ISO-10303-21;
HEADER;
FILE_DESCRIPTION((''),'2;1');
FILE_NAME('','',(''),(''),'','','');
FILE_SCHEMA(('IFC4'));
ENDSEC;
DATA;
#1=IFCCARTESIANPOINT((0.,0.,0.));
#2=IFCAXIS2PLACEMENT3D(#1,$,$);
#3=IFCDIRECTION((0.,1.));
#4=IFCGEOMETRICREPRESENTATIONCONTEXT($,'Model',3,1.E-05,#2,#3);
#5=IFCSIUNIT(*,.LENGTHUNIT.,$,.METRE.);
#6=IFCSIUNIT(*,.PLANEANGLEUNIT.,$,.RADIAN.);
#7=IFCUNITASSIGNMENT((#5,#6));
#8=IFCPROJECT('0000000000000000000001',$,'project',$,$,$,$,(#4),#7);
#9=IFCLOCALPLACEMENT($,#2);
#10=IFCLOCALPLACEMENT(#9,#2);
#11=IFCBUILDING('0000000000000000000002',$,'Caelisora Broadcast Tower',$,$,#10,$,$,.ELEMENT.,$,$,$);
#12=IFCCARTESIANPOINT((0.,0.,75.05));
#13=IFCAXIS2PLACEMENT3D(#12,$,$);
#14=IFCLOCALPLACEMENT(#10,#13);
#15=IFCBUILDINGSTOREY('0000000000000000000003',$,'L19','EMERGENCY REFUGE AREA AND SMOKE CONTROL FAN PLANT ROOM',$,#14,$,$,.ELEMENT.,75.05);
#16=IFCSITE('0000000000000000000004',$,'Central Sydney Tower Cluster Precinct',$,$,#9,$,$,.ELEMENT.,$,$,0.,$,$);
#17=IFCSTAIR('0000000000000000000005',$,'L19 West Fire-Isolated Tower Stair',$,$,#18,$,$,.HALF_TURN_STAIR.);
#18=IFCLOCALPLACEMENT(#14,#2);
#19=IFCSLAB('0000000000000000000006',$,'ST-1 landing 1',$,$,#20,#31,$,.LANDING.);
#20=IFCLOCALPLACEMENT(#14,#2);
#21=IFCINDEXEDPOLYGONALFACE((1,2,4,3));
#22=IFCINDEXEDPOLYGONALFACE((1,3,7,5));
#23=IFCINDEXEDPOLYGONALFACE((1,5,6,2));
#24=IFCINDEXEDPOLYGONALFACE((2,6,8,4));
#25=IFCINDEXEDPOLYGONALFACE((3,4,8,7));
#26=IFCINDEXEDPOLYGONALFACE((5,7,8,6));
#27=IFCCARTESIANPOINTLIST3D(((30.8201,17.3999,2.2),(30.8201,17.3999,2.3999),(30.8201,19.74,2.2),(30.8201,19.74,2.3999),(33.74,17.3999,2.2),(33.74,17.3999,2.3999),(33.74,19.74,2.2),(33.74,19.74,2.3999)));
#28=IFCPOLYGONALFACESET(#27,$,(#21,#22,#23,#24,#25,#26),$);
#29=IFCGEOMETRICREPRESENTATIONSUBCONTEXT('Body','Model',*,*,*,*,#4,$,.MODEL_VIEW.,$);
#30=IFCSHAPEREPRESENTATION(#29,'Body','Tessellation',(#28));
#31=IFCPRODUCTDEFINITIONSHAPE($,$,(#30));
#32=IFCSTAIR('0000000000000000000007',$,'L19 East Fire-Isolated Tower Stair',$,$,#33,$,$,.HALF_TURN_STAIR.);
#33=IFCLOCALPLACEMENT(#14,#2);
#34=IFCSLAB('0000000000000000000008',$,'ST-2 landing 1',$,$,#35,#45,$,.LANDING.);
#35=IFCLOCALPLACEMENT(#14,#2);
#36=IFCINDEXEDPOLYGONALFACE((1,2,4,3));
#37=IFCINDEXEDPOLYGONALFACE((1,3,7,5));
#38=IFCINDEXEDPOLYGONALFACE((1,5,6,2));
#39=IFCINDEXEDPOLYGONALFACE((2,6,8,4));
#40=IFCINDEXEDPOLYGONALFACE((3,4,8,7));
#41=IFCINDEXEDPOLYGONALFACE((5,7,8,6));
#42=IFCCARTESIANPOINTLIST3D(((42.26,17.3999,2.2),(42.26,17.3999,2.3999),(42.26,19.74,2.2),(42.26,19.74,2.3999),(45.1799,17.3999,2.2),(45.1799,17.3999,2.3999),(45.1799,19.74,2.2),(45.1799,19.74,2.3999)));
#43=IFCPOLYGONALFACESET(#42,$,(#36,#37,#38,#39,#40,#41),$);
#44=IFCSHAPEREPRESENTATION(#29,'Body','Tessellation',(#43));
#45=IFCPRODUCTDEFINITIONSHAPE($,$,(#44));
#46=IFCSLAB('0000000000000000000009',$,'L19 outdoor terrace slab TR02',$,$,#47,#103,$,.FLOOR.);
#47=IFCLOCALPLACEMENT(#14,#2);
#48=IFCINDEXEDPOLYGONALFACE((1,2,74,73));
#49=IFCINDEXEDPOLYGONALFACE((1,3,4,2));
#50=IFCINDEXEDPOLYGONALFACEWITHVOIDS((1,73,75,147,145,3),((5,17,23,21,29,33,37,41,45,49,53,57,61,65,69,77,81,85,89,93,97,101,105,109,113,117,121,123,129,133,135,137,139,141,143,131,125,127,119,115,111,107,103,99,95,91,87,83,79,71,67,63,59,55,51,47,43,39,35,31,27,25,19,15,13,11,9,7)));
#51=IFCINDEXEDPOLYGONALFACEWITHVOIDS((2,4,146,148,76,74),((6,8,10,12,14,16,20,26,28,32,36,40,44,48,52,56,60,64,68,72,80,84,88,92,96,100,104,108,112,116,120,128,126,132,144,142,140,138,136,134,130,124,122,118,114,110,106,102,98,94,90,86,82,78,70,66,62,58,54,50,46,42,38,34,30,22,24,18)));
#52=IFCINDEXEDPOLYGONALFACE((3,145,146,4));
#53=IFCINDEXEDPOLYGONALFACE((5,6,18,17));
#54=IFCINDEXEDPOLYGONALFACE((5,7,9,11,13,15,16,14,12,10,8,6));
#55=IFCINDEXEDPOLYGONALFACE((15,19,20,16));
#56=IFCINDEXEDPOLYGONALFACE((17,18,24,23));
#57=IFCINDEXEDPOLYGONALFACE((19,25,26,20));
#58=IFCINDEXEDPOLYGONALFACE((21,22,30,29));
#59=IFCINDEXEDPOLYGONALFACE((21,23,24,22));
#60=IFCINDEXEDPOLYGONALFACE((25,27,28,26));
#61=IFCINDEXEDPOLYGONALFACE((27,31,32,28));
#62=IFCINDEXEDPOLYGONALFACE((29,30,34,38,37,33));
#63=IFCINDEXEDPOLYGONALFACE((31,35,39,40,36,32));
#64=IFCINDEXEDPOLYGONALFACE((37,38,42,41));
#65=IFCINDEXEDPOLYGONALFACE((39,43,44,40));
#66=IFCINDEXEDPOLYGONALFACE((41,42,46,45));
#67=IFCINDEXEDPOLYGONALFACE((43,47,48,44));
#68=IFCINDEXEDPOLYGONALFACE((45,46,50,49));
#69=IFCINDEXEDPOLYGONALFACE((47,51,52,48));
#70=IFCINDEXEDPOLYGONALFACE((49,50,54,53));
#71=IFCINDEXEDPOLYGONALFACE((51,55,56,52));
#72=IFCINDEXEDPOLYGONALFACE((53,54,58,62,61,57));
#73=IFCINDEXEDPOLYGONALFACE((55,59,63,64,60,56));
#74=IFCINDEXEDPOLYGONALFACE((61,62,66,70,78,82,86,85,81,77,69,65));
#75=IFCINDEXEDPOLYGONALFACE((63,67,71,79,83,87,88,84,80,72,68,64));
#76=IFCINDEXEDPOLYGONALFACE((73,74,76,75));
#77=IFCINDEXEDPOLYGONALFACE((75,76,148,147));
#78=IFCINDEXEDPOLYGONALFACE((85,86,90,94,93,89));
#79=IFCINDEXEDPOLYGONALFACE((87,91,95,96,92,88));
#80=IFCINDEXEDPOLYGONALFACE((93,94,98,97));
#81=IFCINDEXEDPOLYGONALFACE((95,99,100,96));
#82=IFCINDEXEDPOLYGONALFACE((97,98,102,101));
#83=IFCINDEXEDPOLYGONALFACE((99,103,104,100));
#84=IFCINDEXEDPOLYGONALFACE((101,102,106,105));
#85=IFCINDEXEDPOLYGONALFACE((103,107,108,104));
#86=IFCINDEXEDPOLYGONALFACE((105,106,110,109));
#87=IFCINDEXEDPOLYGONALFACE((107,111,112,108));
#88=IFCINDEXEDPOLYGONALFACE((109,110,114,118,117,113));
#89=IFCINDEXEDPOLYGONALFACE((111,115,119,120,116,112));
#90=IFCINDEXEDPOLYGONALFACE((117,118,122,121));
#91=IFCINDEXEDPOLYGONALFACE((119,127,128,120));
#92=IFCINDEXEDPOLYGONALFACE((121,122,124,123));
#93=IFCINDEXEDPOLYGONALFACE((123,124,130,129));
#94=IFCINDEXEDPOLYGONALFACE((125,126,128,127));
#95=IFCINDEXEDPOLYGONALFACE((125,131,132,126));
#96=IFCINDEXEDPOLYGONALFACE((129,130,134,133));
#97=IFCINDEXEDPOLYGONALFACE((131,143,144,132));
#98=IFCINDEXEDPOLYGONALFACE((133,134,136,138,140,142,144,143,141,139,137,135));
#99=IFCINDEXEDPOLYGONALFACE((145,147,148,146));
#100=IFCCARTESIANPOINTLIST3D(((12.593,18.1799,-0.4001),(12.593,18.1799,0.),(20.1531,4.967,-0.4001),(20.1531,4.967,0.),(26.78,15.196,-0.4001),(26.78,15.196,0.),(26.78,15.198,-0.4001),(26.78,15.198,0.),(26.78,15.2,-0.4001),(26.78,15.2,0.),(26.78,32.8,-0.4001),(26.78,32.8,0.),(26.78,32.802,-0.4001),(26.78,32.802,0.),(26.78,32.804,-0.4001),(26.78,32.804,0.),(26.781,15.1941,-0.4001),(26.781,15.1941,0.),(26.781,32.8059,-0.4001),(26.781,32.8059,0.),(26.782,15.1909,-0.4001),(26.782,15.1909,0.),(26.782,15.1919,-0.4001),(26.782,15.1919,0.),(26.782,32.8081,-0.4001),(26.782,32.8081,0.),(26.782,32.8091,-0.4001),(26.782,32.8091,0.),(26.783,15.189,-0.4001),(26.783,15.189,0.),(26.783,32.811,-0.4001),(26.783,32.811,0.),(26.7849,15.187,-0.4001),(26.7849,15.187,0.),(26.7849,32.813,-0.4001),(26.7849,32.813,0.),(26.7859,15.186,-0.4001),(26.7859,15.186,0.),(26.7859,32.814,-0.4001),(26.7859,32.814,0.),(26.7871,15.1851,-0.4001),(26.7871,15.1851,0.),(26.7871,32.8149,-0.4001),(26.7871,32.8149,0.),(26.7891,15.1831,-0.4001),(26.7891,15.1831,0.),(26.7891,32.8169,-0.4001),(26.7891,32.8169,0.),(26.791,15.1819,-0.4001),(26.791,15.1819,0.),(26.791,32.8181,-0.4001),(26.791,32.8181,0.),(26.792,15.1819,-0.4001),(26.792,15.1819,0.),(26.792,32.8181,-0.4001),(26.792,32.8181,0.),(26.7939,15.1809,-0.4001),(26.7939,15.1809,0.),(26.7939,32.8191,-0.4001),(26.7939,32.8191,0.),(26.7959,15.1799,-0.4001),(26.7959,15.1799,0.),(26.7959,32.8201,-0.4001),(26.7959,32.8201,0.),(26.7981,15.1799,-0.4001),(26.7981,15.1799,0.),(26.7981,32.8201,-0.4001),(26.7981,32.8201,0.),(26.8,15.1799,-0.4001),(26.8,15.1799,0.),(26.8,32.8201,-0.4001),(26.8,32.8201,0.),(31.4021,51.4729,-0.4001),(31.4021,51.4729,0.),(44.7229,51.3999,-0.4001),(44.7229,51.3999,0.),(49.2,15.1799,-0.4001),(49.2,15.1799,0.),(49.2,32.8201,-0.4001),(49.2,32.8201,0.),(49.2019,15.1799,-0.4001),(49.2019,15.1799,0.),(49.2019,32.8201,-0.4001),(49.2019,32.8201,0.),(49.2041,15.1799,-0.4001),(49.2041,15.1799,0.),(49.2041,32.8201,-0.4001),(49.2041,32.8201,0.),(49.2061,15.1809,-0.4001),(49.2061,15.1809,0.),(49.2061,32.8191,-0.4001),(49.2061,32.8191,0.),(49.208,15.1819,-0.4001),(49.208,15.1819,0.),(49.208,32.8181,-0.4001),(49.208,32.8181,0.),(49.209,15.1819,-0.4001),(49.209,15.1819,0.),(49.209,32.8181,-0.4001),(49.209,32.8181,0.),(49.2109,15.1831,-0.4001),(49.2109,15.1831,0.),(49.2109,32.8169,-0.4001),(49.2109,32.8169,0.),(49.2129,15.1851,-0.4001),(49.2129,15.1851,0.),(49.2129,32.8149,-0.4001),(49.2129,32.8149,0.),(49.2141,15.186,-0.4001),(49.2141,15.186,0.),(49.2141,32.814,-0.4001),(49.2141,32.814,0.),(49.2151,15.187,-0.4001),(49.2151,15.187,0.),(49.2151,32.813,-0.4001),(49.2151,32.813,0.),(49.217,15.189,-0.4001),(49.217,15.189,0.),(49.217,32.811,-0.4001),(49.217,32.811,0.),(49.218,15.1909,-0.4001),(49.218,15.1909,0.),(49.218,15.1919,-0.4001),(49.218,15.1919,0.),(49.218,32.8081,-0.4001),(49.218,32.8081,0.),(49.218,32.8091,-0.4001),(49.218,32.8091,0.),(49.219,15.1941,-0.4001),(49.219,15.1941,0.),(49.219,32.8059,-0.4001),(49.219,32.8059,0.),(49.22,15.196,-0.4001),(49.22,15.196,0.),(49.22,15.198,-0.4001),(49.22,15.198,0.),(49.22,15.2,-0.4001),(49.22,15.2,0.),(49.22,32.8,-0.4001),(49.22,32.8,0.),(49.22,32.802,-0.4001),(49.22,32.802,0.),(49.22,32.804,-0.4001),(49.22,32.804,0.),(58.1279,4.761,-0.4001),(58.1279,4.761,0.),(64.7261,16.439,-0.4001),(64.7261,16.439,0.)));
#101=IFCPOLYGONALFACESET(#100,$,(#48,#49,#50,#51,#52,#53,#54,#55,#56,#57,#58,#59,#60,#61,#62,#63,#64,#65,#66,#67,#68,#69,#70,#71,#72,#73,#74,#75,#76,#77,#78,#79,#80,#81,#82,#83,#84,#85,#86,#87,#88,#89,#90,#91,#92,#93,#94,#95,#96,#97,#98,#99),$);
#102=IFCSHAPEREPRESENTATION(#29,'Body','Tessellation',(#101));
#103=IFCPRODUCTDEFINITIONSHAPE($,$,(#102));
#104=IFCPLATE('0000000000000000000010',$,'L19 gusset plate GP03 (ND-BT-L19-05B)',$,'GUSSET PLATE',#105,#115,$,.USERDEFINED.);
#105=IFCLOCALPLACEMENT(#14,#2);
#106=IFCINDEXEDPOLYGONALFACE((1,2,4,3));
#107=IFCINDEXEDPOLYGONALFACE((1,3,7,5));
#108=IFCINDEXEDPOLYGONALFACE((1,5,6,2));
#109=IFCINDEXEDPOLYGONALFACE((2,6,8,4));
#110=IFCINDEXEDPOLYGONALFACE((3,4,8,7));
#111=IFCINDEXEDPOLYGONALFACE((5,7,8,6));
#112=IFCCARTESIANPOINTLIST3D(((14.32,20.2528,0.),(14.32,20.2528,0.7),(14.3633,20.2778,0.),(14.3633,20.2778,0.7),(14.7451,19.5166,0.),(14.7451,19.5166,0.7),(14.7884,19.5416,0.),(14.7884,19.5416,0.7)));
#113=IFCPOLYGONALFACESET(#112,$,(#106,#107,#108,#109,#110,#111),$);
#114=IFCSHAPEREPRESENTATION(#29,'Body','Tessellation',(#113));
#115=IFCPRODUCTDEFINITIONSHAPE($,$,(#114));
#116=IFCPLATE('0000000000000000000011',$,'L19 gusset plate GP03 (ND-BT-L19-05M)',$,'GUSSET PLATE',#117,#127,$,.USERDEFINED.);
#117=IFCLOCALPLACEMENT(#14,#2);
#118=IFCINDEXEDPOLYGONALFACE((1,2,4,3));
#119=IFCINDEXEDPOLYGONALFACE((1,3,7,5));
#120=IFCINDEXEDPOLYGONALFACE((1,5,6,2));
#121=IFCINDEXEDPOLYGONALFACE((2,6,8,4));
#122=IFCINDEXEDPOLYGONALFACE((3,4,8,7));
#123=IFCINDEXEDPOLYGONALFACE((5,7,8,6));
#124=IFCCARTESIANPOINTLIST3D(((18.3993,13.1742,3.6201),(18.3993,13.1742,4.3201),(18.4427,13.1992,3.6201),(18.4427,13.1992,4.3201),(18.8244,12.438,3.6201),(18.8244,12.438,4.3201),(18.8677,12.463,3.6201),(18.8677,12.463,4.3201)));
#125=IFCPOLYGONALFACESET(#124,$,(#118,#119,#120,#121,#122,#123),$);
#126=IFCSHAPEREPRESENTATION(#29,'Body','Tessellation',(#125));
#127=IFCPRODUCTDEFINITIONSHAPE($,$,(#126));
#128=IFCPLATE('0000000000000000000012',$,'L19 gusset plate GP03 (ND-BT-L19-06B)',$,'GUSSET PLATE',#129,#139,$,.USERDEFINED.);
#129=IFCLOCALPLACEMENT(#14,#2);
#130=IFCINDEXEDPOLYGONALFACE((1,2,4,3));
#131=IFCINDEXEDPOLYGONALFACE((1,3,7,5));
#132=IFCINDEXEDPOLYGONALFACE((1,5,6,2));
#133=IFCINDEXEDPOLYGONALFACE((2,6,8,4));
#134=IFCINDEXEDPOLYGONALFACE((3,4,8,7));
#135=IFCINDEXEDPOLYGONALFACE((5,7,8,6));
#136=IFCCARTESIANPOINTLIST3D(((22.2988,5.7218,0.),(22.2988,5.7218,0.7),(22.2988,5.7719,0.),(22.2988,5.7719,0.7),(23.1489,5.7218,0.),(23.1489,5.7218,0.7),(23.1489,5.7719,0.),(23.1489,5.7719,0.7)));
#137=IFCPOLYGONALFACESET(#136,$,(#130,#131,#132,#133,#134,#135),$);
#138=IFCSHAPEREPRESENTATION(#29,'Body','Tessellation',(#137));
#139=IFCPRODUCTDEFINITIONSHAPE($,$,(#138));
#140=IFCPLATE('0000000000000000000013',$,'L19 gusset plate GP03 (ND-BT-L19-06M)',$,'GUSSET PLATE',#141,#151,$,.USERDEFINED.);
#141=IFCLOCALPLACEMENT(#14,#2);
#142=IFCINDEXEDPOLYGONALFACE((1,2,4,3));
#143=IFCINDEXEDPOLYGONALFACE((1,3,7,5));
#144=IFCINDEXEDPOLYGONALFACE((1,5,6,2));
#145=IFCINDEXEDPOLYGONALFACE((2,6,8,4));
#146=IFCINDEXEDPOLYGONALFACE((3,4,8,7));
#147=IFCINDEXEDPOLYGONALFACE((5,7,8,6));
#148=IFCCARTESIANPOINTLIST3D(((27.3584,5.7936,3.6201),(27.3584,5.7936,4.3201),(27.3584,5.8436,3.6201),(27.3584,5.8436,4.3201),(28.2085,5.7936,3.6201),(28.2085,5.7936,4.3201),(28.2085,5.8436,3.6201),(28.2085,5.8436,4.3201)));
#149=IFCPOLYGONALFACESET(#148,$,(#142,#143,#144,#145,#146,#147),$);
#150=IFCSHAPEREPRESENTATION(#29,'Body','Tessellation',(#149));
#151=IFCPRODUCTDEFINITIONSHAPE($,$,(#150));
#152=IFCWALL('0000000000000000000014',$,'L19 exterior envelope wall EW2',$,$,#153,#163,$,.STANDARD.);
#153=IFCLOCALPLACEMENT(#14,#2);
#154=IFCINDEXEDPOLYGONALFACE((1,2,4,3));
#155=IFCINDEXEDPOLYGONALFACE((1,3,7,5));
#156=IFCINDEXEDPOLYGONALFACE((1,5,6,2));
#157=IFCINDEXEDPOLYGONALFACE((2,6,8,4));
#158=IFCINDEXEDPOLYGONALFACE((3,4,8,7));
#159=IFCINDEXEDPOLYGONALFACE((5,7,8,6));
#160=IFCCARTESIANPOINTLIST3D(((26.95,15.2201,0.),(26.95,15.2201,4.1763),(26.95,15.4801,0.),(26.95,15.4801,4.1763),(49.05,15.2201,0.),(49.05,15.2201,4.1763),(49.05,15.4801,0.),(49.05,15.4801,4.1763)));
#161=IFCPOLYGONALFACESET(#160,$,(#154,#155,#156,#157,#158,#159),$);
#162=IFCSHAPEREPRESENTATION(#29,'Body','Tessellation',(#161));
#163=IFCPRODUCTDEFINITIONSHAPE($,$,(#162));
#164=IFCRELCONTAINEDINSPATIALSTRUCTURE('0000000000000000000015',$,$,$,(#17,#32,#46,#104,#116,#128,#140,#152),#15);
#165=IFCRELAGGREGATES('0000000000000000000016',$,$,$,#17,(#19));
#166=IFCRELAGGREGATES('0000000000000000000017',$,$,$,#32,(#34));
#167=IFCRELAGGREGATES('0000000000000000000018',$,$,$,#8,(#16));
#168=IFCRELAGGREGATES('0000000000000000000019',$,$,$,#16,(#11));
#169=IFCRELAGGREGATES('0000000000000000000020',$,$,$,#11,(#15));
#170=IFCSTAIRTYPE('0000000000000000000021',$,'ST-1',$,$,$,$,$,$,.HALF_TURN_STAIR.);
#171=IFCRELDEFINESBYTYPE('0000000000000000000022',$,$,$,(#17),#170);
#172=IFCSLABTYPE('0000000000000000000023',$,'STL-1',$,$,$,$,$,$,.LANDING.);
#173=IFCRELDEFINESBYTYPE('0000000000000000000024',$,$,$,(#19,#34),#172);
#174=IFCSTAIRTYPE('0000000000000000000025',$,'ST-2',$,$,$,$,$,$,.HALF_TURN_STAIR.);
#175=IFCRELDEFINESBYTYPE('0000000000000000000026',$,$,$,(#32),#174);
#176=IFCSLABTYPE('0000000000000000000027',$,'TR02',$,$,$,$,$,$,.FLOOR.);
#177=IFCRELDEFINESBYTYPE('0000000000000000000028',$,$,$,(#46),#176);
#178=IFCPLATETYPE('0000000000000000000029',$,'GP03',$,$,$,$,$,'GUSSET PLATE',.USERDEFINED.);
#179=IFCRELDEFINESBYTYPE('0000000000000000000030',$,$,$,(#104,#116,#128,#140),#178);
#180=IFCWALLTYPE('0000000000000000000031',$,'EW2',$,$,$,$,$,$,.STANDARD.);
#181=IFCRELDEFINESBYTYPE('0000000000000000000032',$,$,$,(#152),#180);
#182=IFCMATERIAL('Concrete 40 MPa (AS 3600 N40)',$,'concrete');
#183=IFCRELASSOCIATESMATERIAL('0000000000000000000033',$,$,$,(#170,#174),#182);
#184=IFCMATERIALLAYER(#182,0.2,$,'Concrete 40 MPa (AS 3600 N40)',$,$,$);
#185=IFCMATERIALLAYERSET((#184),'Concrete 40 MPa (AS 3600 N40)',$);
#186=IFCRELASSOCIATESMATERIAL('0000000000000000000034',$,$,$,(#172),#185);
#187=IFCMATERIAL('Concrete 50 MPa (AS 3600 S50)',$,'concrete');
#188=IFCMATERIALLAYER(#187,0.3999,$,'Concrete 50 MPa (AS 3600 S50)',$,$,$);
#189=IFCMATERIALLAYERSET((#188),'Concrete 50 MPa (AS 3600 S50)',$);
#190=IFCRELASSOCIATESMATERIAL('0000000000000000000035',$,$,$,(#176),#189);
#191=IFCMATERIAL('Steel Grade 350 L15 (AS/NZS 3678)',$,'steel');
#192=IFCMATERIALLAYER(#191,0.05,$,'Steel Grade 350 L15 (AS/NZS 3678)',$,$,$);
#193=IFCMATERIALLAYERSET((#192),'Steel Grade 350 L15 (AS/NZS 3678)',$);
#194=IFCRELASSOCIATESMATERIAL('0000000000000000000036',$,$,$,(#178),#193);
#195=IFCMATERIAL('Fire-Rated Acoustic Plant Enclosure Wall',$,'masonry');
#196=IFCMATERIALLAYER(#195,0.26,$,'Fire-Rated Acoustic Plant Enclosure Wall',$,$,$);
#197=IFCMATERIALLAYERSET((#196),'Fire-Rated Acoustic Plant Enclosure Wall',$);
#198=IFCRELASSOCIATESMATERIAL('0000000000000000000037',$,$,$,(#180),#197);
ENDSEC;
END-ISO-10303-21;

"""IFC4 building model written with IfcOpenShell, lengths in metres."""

from ifc_helpers import new_model, si_unit, direction, frame, frame_2d, origin, origin_2d, place, context, subcontext, project, spatial, polyline, rectangle, outline, extrude, source, transform, mapped, material, layer, layer_set, type_object, type_shapes, element, aggregate, save


model = new_model("IFC4")

# Units and contexts
model_context = context("Model", 3, precision=1e-05, world=origin(), true_north=direction((0.0, 1.0)))
body_context = subcontext(model_context, "Body", "Model", "MODEL_VIEW")
ifc_project = project(units=[si_unit("LENGTHUNIT", "METRE"), si_unit("PLANEANGLEUNIT", "RADIAN")], contexts=[model_context])

# Site, building, storey
site_placement = place(None, origin())
site = spatial("IfcSite", under=ifc_project, at=site_placement, Name="Central Sydney Tower Cluster Precinct", CompositionType="ELEMENT", RefElevation=0.0)
building_placement = place(site_placement, origin())
building = spatial("IfcBuilding", under=site, at=building_placement, Name="Caelisora Broadcast Tower", CompositionType="ELEMENT")
storey_placement = place(building_placement, frame((0.0, 0.0, 75.05)))
storey = spatial("IfcBuildingStorey", under=building, at=storey_placement, Name="L19", Description="EMERGENCY REFUGE AREA AND SMOKE CONTROL FAN PLANT ROOM", CompositionType="ELEMENT", Elevation=75.05)

# Shared definitions
ifc_material_1 = material(Name="Steel Grade 350 L15 (AS/NZS 3678)", Category="steel")

# Shared definitions
ifc_material_2 = material(Name="Concrete 50 MPa (AS 3600 S50)", Category="concrete")

# Stairs, slabs
ifc_material_3 = material(Name="Concrete 40 MPa (AS 3600 N40)", Category="concrete")
stair_type_1 = type_object("IfcStairType", Name="ST-1", PredefinedType="HALF_TURN_STAIR", material=ifc_material_3)
stair_1_placement = place(storey_placement, origin())
stair_1 = element("IfcStair", 1, at=stair_1_placement, inside=storey, type_object=stair_type_1, Name="L19 West Fire-Isolated Tower Stair", PredefinedType="HALF_TURN_STAIR")
ifc_layer_1 = layer(ifc_material_3, 0.2, Name="Concrete 40 MPa (AS 3600 N40)")
ifc_layer_set_1 = layer_set([ifc_layer_1], Name="Concrete 40 MPa (AS 3600 N40)")
slab_type_1 = type_object("IfcSlabType", Name="STL-1", PredefinedType="LANDING", material=ifc_layer_set_1)
slab_1_placement = place(storey_placement, frame((0.0, 0.0, 2.2)))
slab_1 = element("IfcSlab", 2, at=slab_1_placement, type_object=slab_type_1, Name="ST-1 landing 1", PredefinedType="LANDING", context=body_context, shape_type="SweptSolid", body=[
    extrude(outline(polyline([(30.8201, 19.74), (30.8201, 17.3999), (33.74, 17.3999), (33.74, 19.74), (30.8201, 19.74)])), origin(), (0.0, 0.0, 1.0), 0.2),
])
aggregate(stair_1, [slab_1])
stair_type_2 = type_object("IfcStairType", Name="ST-2", PredefinedType="HALF_TURN_STAIR", material=ifc_material_3)
stair_2_placement = place(storey_placement, origin())
stair_2 = element("IfcStair", 3, at=stair_2_placement, inside=storey, type_object=stair_type_2, Name="L19 East Fire-Isolated Tower Stair", PredefinedType="HALF_TURN_STAIR")
slab_2_placement = place(storey_placement, frame((0.0, 0.0, 2.2)))
slab_2 = element("IfcSlab", 4, at=slab_2_placement, type_object=slab_type_1, Name="ST-2 landing 1", PredefinedType="LANDING", context=body_context, shape_type="SweptSolid", body=[
    extrude(outline(polyline([(42.26, 19.74), (42.26, 17.3999), (45.1799, 17.3999), (45.1799, 19.74), (42.26, 19.74)])), origin(), (0.0, 0.0, 1.0), 0.2),
])
aggregate(stair_2, [slab_2])

# Slab
ifc_layer_2 = layer(ifc_material_2, 0.3999, Name="Concrete 50 MPa (AS 3600 S50)")
ifc_layer_set_2 = layer_set([ifc_layer_2], Name="Concrete 50 MPa (AS 3600 S50)")
slab_type_2 = type_object("IfcSlabType", Name="TR02", PredefinedType="FLOOR", material=ifc_layer_set_2)
slab_3_placement = place(storey_placement, frame((0.0, 0.0, -0.4001)))
element("IfcSlab", 5, at=slab_3_placement, inside=storey, type_object=slab_type_2, Name="L19 outdoor terrace slab TR02", PredefinedType="FLOOR", context=body_context, shape_type="SweptSolid", body=[
    extrude(outline(polyline([(64.7261, 16.439), (58.1279, 4.761), (20.1531, 4.967), (12.593, 18.1799), (31.4021, 51.4729), (44.7229, 51.3999), (64.7261, 16.439)]), holes=[polyline([(49.2, 15.1799), (49.2019, 15.1799), (49.2041, 15.1799), (49.2061, 15.1809), (49.208, 15.1819), (49.209, 15.1819), (49.2109, 15.1831), (49.2129, 15.1851), (49.2141, 15.186), (49.2151, 15.187), (49.217, 15.189), (49.218, 15.1909), (49.218, 15.1919), (49.219, 15.1941), (49.22, 15.196), (49.22, 15.198), (49.22, 15.2), (49.22, 32.8), (49.22, 32.802), (49.22, 32.804), (49.219, 32.8059), (49.218, 32.8081), (49.218, 32.8091), (49.217, 32.811), (49.2151, 32.813), (49.2141, 32.814), (49.2129, 32.8149), (49.2109, 32.8169), (49.209, 32.8181), (49.208, 32.8181), (49.2061, 32.8191), (49.2041, 32.8201), (49.2019, 32.8201), (49.2, 32.8201), (26.8, 32.8201), (26.7981, 32.8201), (26.7959, 32.8201), (26.7939, 32.8191), (26.792, 32.8181), (26.791, 32.8181), (26.7891, 32.8169), (26.7871, 32.8149), (26.7859, 32.814), (26.7849, 32.813), (26.783, 32.811), (26.782, 32.8091), (26.782, 32.8081), (26.781, 32.8059), (26.78, 32.804), (26.78, 32.802), (26.78, 32.8), (26.78, 15.2), (26.78, 15.198), (26.78, 15.196), (26.781, 15.1941), (26.782, 15.1919), (26.782, 15.1909), (26.783, 15.189), (26.7849, 15.187), (26.7859, 15.186), (26.7871, 15.1851), (26.7891, 15.1831), (26.791, 15.1819), (26.792, 15.1819), (26.7939, 15.1809), (26.7959, 15.1799), (26.7981, 15.1799), (26.8, 15.1799), (49.2, 15.1799)])]), origin(), (0.0, 0.0, 1.0), 0.4001),
])

# Plates
ifc_layer_3 = layer(ifc_material_1, 0.05, Name="Steel Grade 350 L15 (AS/NZS 3678)")
ifc_layer_set_3 = layer_set([ifc_layer_3], Name="Steel Grade 350 L15 (AS/NZS 3678)")
plate_type = type_object("IfcPlateType", Name="GP03", ElementType="GUSSET PLATE", PredefinedType="USERDEFINED", material=ifc_layer_set_3)
shared_shape_1 = source(origin(), body_context, "Body", "SweptSolid", [
    extrude(rectangle(XDim=0.8501, YDim=0.05, at=origin_2d()), origin(), (0.0, 0.0, 1.0), 0.7),
])
type_shapes(plate_type, [shared_shape_1])
for number, where, z_axis, x_axis, name in (
    (6, (14.5542, 19.8972, 0.0), (0.0, 0.0, 1.0), (0.5, -0.866025, 0.0), "L19 gusset plate GP03 (ND-BT-L19-05B)"),
    (7, (18.6335, 12.8186, 3.6201), (0.0, 0.0, 1.0), (0.5, -0.866025, 0.0), "L19 gusset plate GP03 (ND-BT-L19-05M)"),
    (8, (22.7239, 5.7468, 0.0), (0.0, 0.0, 1.0), (1.0, 0.0, 0.0), "L19 gusset plate GP03 (ND-BT-L19-06B)"),
    (9, (27.7834, 5.8186, 3.6201), (0.0, 0.0, 1.0), (1.0, 0.0, 0.0), "L19 gusset plate GP03 (ND-BT-L19-06M)"),
):
    element("IfcPlate", number, at=place(storey_placement, frame(where, z_axis=z_axis, x_axis=x_axis)), inside=storey, type_object=plate_type, Name=name, ObjectType="GUSSET PLATE", PredefinedType="USERDEFINED", context=body_context, shape_type="MappedRepresentation", body=[
        mapped(shared_shape_1, transform((0.0, 0.0, 0.0), scale=1.0)),
    ])

# Wall
ifc_material_4 = material(Name="Fire-Rated Acoustic Plant Enclosure Wall", Category="masonry")
ifc_layer_4 = layer(ifc_material_4, 0.26, Name="Fire-Rated Acoustic Plant Enclosure Wall")
ifc_layer_set_4 = layer_set([ifc_layer_4], Name="Fire-Rated Acoustic Plant Enclosure Wall")
wall_type = type_object("IfcWallType", Name="EW2", PredefinedType="STANDARD", material=ifc_layer_set_4)
wall_1_placement = place(storey_placement, frame((26.95, 15.3501, 0.0), z_axis=(0.0, 0.0, 1.0), x_axis=(1.0, 0.0, 0.0)))
element("IfcWall", 10, at=wall_1_placement, inside=storey, type_object=wall_type, Name="L19 exterior envelope wall EW2", PredefinedType="STANDARD", context=body_context, shape_type="SweptSolid", body=[
    extrude(rectangle(XDim=22.1001, YDim=0.26, at=frame_2d((11.05, 0.0))), origin(), (0.0, 0.0, 1.0), 4.1763),
])

save(model, "model.ifc")
